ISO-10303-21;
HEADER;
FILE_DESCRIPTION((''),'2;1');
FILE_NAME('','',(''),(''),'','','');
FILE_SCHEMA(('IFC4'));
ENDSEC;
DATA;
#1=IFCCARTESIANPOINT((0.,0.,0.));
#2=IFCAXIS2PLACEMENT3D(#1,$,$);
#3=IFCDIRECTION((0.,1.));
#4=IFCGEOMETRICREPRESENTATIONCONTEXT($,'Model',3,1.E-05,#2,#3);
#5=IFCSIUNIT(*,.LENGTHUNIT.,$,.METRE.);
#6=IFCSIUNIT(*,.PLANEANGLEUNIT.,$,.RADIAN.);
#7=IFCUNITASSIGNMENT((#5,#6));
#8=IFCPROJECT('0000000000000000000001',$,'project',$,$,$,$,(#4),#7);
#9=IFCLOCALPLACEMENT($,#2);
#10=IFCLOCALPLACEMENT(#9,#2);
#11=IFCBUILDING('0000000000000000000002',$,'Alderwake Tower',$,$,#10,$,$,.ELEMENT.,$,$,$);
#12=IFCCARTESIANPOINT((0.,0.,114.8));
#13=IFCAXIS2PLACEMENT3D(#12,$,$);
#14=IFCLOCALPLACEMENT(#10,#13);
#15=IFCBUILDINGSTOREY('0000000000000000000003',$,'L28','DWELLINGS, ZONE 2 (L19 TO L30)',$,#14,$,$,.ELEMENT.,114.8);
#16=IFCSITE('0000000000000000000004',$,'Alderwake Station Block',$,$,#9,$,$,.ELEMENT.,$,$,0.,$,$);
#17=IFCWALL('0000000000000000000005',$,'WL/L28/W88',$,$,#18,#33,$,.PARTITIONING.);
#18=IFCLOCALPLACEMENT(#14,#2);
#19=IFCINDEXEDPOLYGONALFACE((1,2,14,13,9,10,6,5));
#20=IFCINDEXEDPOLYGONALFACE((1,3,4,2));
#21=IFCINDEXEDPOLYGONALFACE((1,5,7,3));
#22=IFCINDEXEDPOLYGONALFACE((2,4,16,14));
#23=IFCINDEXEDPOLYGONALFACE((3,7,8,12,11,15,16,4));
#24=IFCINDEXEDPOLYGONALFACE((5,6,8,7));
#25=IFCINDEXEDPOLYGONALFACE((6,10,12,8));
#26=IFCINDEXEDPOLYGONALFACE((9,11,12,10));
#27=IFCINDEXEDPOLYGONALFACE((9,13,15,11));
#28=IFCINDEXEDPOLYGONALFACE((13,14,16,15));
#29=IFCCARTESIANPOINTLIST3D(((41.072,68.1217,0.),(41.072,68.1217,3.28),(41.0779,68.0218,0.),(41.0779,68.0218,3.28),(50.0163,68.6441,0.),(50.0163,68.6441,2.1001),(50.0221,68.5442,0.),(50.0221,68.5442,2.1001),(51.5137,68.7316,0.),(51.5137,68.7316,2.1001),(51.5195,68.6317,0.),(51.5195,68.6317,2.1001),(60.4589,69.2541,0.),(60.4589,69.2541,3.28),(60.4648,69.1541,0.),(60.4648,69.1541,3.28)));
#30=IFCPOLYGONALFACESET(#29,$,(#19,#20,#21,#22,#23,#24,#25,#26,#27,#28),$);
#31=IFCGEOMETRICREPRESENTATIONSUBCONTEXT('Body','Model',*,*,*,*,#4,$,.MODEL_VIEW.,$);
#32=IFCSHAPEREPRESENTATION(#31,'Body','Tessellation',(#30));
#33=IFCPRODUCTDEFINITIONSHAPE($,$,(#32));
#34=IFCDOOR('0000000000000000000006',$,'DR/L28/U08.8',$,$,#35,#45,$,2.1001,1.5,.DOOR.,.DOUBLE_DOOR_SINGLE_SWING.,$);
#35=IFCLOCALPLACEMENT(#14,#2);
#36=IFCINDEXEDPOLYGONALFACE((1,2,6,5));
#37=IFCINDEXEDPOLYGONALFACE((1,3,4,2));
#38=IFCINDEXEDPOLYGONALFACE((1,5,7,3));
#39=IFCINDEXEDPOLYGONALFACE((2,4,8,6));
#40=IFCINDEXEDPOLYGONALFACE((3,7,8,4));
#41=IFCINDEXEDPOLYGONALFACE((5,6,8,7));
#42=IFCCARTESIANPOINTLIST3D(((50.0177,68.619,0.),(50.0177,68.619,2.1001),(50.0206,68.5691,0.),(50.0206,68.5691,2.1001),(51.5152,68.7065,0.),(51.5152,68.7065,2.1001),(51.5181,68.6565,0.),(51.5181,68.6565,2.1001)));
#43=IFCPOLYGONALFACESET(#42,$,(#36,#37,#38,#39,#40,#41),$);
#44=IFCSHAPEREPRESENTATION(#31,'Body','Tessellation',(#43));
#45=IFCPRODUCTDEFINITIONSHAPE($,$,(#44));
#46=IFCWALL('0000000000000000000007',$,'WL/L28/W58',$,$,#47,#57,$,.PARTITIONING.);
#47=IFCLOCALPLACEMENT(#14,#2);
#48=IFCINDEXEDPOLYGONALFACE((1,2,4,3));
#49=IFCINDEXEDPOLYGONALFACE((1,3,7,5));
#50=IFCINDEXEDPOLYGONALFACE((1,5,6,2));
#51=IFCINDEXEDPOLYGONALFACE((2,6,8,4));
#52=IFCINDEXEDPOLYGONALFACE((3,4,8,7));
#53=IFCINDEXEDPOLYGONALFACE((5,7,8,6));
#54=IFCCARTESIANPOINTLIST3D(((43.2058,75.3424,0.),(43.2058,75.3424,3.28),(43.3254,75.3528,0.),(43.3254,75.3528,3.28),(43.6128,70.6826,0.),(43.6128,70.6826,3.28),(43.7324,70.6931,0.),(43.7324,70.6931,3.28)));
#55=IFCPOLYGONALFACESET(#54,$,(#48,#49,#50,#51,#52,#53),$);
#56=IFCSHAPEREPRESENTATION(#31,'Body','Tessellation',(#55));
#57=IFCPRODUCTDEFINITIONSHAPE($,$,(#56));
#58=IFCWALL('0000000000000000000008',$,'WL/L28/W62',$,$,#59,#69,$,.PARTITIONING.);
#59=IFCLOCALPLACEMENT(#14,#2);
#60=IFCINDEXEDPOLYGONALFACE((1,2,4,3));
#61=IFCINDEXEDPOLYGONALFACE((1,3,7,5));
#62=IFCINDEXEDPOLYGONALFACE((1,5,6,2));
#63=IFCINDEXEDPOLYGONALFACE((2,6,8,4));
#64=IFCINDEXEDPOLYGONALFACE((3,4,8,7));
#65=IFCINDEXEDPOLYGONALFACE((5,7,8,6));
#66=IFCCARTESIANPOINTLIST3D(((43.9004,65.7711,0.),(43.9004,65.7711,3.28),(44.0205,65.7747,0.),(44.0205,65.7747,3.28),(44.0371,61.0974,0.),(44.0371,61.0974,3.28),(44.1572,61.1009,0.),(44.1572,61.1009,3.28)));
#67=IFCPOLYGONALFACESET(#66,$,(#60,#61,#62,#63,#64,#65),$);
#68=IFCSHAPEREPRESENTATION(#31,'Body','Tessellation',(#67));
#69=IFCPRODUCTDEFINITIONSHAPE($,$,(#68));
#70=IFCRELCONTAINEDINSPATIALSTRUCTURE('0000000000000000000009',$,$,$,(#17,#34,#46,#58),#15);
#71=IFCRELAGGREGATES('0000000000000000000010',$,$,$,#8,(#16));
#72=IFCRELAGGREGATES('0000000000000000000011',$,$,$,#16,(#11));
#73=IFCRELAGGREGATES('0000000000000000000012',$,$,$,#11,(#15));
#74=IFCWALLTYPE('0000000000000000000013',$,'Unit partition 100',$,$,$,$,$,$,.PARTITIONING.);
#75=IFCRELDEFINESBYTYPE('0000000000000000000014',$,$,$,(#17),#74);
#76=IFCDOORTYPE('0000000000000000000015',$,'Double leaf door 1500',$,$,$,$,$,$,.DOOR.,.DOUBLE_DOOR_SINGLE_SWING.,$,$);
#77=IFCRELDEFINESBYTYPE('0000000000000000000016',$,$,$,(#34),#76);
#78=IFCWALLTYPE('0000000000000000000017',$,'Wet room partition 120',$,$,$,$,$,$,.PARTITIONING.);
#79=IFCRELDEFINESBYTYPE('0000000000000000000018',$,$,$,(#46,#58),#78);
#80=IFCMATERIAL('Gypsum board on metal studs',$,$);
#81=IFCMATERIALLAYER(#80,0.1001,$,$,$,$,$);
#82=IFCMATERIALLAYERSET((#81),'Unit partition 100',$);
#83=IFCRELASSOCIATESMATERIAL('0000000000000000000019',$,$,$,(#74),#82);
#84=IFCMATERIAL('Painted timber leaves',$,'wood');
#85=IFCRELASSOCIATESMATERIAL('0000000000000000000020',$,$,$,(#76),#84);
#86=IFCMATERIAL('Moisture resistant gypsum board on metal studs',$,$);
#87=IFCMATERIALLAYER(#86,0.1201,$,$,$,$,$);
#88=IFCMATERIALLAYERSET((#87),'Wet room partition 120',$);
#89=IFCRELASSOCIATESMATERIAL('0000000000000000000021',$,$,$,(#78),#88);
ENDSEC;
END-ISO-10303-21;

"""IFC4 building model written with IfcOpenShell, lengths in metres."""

from ifc_helpers import new_model, si_unit, direction, frame, frame_2d, origin, place, context, subcontext, project, spatial, rectangle, extrude, material, layer, layer_set, type_object, element, fill, save


model = new_model("IFC4")

# Units and contexts
model_context = context("Model", 3, precision=1e-05, world=origin(), true_north=direction((0.0, 1.0)))
body_context = subcontext(model_context, "Body", "Model", "MODEL_VIEW")
ifc_project = project(units=[si_unit("LENGTHUNIT", "METRE"), si_unit("PLANEANGLEUNIT", "RADIAN")], contexts=[model_context])

# Site, building, storey
site_placement = place(None, origin())
site = spatial("IfcSite", under=ifc_project, at=site_placement, Name="Alderwake Station Block", CompositionType="ELEMENT", RefElevation=0.0)
building_placement = place(site_placement, origin())
building = spatial("IfcBuilding", under=site, at=building_placement, Name="Alderwake Tower", CompositionType="ELEMENT")
storey_placement = place(building_placement, frame((0.0, 0.0, 114.8)))
storey = spatial("IfcBuildingStorey", under=building, at=storey_placement, Name="L28", Description="DWELLINGS, ZONE 2 (L19 TO L30)", CompositionType="ELEMENT", Elevation=114.8)

# Shared definitions
ifc_material_1 = material(Name="Gypsum board on metal studs")
ifc_layer_1 = layer(ifc_material_1, 0.1001)
ifc_layer_set_1 = layer_set([ifc_layer_1], Name="Unit partition 100")
wall_type_1 = type_object("IfcWallType", Name="Unit partition 100", PredefinedType="PARTITIONING", material=ifc_layer_set_1)

# Wall, opening, door
wall_1_placement = place(storey_placement, frame((41.075, 68.0718, 0.0), z_axis=(0.0, 0.0, 1.0), x_axis=(0.998299, 0.058307, 0.0)))
wall_1 = element("IfcWall", 1, at=wall_1_placement, inside=storey, type_object=wall_type_1, Name="WL/L28/W88", PredefinedType="PARTITIONING", context=body_context, shape_type="SweptSolid", body=[
    extrude(rectangle(XDim=19.4199, YDim=0.1001, at=frame_2d((9.71, 0.0))), origin(), (0.0, 0.0, 1.0), 3.28),
])
opening_1_placement = place(wall_1_placement, frame((8.9595, 0.0, 0.0)))
opening_1 = element("IfcOpeningElement", 2, at=opening_1_placement, cuts=wall_1, PredefinedType="OPENING", context=body_context, shape_type="SweptSolid", body=[
    extrude(rectangle(XDim=1.5, YDim=2.1001, at=frame_2d((0.75, 1.05))), frame((0.0, 0.0601, 0.0), z_axis=(0.0, -1.0, 0.0), x_axis=(1.0, 0.0, 0.0)), (0.0, 0.0, 1.0), 0.1201),
])
ifc_material_2 = material(Name="Painted timber leaves", Category="wood")
door_type_1 = type_object("IfcDoorType", Name="Double leaf door 1500", OperationType="DOUBLE_DOOR_SINGLE_SWING", PredefinedType="DOOR", material=ifc_material_2)
door_1_placement = place(opening_1_placement, origin())
door_1 = element("IfcDoor", 3, at=door_1_placement, inside=storey, type_object=door_type_1, Name="DR/L28/U08.8", OperationType="DOUBLE_DOOR_SINGLE_SWING", OverallHeight=2.1001, OverallWidth=1.5, PredefinedType="DOOR", context=body_context, shape_type="SweptSolid", body=[
    extrude(rectangle(XDim=1.5, YDim=2.1001, at=frame_2d((0.75, 1.05))), frame((0.0, 0.0249, 0.0), z_axis=(0.0, -1.0, 0.0), x_axis=(1.0, 0.0, 0.0)), (0.0, 0.0, 1.0), 0.05),
])
fill(opening_1, door_1)

# Walls
ifc_material_3 = material(Name="Moisture resistant gypsum board on metal studs")
ifc_layer_2 = layer(ifc_material_3, 0.1201)
ifc_layer_set_2 = layer_set([ifc_layer_2], Name="Wet room partition 120")
wall_type_2 = type_object("IfcWallType", Name="Wet room partition 120", PredefinedType="PARTITIONING", material=ifc_layer_set_2)
wall_2_placement = place(storey_placement, frame((43.6726, 70.6877, 0.0), z_axis=(0.0, 0.0, 1.0), x_axis=(-0.08701, 0.996207, 0.0)))
element("IfcWall", 4, at=wall_2_placement, inside=storey, type_object=wall_type_2, Name="WL/L28/W58", PredefinedType="PARTITIONING", context=body_context, shape_type="SweptSolid", body=[
    extrude(rectangle(XDim=4.6775, YDim=0.1201, at=frame_2d((2.3389, 0.0))), origin(), (0.0, 0.0, 1.0), 3.28),
])
wall_3_placement = place(storey_placement, frame((44.0972, 61.0991, 0.0), z_axis=(0.0, 0.0, 1.0), x_axis=(-0.029239, 0.999572, 0.0)))
element("IfcWall", 5, at=wall_3_placement, inside=storey, type_object=wall_type_2, Name="WL/L28/W62", PredefinedType="PARTITIONING", context=body_context, shape_type="SweptSolid", body=[
    extrude(rectangle(XDim=4.6758, YDim=0.1201, at=frame_2d((2.3379, 0.0))), origin(), (0.0, 0.0, 1.0), 3.28),
])

save(model, "model.ifc")
